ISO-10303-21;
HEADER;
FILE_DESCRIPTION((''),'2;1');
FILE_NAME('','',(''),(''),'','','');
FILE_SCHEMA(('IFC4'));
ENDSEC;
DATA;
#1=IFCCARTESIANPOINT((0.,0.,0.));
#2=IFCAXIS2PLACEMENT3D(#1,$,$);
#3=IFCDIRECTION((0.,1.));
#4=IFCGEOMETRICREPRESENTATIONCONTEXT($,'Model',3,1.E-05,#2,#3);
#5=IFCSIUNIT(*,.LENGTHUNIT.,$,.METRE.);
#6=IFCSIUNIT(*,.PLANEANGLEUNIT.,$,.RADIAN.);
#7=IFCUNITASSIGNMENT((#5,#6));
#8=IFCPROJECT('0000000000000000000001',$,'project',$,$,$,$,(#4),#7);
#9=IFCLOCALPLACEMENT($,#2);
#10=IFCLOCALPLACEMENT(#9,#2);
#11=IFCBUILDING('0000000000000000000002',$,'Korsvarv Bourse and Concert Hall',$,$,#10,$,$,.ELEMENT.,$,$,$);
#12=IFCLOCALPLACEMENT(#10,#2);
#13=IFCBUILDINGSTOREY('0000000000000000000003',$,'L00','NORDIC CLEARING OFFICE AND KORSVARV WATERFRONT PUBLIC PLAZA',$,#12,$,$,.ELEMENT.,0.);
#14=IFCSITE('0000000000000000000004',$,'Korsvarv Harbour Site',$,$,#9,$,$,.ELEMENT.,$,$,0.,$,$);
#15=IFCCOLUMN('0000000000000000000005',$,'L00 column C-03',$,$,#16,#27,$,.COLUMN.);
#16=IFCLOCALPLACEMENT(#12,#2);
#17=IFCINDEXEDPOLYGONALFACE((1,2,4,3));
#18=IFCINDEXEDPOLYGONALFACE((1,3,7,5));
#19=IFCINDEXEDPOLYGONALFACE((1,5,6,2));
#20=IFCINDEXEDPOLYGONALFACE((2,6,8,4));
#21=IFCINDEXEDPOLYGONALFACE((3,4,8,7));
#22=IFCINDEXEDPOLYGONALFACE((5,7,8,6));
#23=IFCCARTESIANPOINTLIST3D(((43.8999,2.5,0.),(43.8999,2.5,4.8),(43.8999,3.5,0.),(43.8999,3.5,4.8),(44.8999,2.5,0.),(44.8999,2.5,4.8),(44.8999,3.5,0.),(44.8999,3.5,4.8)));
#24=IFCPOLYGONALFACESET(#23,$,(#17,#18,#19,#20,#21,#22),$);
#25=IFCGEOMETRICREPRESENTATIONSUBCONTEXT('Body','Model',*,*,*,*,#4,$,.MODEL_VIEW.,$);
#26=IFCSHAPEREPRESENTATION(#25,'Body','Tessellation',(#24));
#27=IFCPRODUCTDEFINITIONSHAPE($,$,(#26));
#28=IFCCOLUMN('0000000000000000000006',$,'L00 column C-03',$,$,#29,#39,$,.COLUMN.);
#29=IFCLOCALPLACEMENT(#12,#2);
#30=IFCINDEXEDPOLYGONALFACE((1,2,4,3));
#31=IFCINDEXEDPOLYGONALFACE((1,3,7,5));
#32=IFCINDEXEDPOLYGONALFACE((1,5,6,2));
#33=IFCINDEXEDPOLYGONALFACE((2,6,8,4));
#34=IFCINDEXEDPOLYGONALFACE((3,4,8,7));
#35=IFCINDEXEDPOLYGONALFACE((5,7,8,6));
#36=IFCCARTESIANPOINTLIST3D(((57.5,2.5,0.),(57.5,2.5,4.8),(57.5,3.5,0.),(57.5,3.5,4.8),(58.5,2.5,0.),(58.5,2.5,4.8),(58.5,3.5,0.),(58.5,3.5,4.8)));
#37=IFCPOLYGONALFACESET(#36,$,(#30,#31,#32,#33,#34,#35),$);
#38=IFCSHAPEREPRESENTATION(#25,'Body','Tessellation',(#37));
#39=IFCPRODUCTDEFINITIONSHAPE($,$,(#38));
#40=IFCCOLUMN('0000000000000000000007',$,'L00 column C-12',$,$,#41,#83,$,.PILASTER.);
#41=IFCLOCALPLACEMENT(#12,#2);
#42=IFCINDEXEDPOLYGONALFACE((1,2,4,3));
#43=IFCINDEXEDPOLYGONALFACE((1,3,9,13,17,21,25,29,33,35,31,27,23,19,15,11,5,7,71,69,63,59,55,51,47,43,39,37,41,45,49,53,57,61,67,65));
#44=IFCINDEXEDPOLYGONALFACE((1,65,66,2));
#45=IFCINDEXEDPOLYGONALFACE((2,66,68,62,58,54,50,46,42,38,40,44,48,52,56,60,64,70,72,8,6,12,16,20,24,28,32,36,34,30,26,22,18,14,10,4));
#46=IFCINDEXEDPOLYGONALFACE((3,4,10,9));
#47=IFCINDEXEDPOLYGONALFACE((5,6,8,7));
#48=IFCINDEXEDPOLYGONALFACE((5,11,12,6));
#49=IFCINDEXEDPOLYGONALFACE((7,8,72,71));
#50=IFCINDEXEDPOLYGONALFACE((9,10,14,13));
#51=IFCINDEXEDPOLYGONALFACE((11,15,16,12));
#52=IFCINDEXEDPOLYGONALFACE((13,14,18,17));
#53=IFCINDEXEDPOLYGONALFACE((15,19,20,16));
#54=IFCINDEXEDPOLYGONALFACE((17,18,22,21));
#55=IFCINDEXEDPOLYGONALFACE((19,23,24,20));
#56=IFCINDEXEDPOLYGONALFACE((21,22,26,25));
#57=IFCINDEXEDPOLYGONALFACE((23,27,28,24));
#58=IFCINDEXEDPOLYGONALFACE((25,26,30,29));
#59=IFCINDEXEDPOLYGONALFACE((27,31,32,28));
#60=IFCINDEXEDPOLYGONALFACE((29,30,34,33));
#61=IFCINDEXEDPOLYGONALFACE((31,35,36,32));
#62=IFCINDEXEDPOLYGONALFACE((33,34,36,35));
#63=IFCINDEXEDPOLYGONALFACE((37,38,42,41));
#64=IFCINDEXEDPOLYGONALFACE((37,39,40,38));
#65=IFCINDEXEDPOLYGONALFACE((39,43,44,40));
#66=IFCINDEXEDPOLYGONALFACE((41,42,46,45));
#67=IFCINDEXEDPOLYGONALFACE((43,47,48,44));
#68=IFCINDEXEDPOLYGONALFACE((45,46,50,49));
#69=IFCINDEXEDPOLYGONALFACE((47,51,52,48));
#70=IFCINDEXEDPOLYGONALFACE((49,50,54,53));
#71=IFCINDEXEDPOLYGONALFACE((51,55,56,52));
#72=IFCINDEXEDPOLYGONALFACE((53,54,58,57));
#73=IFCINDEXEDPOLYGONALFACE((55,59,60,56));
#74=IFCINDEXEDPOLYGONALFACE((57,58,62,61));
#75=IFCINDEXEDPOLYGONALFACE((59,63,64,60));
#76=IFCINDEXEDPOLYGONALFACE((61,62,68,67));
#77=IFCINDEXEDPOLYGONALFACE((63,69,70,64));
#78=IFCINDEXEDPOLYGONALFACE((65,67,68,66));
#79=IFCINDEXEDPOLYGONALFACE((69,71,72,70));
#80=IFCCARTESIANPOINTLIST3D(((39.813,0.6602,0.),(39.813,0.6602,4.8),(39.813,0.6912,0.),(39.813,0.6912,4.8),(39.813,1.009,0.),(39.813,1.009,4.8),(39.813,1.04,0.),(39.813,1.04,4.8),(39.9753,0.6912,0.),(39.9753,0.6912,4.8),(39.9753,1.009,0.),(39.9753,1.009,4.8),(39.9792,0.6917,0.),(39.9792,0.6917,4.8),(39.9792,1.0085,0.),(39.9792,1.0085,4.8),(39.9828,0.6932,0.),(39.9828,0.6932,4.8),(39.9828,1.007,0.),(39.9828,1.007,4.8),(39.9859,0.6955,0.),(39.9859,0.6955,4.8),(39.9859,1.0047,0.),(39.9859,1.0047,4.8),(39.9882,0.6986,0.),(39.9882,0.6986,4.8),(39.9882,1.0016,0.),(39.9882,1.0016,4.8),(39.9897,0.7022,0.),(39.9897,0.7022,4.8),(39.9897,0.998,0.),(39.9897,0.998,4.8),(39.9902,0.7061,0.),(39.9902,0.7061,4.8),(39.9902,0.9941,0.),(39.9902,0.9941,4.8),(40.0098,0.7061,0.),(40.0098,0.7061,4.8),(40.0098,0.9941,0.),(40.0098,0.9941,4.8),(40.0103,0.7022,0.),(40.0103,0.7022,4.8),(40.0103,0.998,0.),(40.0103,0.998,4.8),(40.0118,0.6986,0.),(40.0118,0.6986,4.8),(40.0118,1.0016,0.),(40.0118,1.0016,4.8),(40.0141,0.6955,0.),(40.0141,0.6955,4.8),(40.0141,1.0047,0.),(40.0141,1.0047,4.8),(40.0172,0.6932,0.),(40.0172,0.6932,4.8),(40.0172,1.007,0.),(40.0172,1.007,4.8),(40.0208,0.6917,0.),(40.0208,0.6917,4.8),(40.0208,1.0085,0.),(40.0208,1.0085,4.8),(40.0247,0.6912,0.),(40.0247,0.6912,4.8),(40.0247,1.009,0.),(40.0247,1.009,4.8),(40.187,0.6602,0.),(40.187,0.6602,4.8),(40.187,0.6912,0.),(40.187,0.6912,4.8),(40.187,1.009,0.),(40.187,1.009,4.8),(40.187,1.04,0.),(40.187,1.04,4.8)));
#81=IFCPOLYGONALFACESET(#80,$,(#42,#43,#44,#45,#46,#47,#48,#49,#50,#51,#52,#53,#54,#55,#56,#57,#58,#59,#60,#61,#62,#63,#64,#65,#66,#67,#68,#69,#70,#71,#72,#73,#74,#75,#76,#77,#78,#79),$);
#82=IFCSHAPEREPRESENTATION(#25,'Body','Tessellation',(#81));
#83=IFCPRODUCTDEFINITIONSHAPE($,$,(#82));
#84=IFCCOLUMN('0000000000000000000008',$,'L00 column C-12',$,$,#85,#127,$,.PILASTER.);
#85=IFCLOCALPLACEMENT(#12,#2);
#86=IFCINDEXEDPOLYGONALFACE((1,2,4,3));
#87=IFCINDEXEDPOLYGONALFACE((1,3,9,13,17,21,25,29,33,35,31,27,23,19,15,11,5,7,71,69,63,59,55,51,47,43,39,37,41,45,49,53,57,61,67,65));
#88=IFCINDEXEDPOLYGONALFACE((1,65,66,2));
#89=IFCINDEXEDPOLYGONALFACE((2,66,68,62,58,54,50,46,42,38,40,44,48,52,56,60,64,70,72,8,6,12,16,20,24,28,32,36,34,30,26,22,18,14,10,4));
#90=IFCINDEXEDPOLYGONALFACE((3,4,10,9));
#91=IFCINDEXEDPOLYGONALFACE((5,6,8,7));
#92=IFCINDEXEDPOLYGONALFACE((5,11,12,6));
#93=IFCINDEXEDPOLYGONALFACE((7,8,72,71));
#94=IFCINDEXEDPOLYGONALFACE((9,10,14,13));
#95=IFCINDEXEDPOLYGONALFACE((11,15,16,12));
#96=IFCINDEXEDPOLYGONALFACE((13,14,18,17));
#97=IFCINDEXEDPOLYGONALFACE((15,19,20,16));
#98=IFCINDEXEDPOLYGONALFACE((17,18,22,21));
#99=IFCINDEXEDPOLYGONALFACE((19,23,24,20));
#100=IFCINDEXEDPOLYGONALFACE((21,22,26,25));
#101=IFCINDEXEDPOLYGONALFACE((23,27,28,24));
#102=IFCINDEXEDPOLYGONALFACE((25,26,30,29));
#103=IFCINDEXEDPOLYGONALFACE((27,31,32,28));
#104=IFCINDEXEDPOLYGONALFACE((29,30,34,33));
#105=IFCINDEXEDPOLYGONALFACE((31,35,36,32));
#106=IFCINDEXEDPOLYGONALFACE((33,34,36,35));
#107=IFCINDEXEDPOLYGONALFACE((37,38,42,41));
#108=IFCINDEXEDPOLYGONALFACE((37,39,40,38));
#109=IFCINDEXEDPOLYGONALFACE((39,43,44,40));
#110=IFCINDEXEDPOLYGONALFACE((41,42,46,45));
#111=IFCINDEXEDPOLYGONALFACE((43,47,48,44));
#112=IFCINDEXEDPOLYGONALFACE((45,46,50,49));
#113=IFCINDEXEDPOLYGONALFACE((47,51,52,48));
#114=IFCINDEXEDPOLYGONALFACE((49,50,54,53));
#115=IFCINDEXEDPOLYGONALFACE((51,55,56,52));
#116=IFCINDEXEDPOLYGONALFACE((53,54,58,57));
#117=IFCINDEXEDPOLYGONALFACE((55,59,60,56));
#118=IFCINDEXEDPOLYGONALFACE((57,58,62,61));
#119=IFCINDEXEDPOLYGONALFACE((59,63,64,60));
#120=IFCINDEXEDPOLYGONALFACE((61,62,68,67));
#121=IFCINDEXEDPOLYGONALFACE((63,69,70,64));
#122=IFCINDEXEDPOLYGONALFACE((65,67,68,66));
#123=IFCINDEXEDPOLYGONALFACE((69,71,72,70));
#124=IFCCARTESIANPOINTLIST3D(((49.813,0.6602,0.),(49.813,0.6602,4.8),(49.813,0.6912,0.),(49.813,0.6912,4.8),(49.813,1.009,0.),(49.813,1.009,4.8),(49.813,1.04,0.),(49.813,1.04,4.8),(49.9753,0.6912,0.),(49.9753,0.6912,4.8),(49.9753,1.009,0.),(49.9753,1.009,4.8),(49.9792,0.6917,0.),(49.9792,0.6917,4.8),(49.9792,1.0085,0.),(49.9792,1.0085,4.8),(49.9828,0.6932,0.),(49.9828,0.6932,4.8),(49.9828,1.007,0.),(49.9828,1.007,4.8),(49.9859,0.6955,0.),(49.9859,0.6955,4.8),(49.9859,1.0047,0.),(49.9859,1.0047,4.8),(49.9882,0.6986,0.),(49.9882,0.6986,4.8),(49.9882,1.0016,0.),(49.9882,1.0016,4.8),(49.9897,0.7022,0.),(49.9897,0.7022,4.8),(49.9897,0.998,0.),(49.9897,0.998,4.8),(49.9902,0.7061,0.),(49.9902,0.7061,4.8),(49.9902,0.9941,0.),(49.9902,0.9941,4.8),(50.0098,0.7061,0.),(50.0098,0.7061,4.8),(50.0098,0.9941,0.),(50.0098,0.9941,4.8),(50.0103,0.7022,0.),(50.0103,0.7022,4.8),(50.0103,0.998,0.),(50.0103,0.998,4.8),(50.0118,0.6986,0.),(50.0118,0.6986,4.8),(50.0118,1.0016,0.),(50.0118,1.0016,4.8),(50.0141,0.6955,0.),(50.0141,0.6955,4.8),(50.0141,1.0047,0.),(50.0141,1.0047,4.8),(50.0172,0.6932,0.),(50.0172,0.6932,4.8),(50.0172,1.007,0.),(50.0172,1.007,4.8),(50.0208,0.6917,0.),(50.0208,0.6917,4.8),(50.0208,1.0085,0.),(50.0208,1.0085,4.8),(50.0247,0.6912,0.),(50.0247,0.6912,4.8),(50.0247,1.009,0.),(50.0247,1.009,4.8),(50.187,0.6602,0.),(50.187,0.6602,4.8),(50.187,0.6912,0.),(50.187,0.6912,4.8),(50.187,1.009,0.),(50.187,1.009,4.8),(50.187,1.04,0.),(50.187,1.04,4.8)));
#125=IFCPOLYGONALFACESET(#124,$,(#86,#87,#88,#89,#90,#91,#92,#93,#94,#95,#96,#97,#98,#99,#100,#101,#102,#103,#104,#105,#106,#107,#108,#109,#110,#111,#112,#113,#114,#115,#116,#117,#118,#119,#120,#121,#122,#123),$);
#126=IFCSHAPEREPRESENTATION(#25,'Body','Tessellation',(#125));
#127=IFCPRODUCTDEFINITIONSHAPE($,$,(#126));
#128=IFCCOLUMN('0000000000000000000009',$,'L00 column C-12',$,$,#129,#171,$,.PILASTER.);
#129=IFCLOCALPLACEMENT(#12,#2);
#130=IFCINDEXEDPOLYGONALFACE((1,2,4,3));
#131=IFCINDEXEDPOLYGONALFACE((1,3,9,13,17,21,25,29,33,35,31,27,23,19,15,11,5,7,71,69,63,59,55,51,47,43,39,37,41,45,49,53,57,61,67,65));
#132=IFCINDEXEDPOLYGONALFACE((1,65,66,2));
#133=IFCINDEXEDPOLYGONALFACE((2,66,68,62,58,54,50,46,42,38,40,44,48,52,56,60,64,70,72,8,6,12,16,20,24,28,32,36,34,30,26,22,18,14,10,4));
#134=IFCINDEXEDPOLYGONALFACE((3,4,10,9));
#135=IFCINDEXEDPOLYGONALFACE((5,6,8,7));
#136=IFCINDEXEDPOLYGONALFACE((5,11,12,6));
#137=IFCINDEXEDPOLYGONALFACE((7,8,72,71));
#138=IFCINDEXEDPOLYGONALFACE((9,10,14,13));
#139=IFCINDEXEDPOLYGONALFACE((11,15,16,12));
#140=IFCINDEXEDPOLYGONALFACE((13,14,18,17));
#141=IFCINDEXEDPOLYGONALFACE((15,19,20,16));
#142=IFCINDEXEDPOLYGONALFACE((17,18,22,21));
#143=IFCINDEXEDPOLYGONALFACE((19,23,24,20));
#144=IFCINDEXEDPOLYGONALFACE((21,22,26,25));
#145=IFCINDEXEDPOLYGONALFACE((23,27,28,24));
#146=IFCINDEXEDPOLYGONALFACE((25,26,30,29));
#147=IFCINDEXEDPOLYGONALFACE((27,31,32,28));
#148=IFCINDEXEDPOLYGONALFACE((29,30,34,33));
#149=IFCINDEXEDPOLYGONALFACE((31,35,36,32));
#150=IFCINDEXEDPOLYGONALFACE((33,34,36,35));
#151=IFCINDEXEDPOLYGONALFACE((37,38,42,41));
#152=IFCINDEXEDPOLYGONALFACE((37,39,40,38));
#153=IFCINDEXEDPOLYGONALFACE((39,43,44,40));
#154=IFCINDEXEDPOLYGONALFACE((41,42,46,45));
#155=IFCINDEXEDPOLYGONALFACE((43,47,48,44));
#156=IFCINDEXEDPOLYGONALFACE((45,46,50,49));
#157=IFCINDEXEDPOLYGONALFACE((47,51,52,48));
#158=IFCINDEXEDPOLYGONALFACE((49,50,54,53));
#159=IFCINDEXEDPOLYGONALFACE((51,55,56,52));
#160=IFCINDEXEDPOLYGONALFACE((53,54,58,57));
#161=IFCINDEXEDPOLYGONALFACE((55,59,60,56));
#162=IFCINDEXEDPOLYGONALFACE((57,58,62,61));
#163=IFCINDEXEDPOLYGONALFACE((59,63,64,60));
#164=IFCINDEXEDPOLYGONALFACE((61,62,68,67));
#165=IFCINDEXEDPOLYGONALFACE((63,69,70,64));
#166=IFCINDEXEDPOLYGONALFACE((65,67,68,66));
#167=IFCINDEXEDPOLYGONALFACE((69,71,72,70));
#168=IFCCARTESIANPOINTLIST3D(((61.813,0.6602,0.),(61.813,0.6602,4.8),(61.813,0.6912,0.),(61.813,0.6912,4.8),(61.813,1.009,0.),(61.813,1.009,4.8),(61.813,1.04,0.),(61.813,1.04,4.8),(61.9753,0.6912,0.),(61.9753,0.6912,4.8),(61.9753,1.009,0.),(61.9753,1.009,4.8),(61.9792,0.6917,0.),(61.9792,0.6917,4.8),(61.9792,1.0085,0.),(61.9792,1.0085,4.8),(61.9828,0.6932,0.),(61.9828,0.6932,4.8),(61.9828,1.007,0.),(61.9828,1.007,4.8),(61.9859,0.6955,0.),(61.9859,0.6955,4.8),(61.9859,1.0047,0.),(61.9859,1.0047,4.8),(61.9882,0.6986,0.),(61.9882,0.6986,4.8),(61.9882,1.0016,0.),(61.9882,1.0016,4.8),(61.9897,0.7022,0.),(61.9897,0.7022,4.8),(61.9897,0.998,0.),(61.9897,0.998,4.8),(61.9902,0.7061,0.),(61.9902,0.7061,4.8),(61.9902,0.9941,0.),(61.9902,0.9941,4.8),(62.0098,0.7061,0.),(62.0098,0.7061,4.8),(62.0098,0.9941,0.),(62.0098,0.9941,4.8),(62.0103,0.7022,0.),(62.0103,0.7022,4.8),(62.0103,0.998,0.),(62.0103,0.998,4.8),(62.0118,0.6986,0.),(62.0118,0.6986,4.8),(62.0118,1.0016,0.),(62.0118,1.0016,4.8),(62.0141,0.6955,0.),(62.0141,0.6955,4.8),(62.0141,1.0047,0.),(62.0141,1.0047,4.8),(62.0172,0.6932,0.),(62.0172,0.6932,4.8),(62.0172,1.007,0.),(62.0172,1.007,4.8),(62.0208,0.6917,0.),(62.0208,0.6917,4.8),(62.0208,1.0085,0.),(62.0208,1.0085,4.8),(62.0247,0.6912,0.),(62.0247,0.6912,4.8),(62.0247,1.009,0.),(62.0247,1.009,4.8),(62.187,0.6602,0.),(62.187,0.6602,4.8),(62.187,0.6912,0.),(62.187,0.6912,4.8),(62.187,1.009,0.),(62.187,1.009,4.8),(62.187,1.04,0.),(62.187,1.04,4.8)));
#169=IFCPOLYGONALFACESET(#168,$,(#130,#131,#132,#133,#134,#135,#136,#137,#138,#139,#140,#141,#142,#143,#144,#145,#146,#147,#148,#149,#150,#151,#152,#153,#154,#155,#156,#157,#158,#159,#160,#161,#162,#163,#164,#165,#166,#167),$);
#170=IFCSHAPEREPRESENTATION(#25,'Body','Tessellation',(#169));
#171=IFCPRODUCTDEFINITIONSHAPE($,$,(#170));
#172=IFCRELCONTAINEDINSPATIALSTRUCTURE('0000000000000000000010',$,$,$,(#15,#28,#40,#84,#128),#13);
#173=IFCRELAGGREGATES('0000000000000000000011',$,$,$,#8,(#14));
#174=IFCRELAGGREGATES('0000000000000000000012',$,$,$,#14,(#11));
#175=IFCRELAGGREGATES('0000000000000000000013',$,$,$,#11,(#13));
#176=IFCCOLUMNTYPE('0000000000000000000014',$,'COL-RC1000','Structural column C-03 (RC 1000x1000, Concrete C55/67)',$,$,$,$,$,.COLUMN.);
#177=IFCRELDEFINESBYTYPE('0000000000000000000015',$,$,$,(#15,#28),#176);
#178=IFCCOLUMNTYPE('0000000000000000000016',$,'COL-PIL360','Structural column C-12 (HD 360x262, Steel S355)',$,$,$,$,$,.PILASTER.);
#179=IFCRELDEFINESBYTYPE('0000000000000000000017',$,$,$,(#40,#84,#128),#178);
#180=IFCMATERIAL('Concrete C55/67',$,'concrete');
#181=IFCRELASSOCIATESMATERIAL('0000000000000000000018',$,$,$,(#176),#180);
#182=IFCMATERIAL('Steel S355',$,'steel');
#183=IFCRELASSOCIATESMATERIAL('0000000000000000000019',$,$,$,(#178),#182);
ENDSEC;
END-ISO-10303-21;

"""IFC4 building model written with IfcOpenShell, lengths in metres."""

from ifc_helpers import new_model, si_unit, direction, frame, origin, origin_2d, place, context, subcontext, project, spatial, rectangle, i_section, extrude, source, transform, mapped, material, material_profile, profile_set, type_object, element, save


model = new_model("IFC4")

# Units and contexts
model_context = context("Model", 3, precision=1e-05, world=origin(), true_north=direction((0.0, 1.0)))
body_context = subcontext(model_context, "Body", "Model", "MODEL_VIEW")
ifc_project = project(units=[si_unit("LENGTHUNIT", "METRE"), si_unit("PLANEANGLEUNIT", "RADIAN")], contexts=[model_context])

# Site, building, storey
site_placement = place(None, origin())
site = spatial("IfcSite", under=ifc_project, at=site_placement, Name="Korsvarv Harbour Site", CompositionType="ELEMENT", RefElevation=0.0)
building_placement = place(site_placement, origin())
building = spatial("IfcBuilding", under=site, at=building_placement, Name="Korsvarv Bourse and Concert Hall", CompositionType="ELEMENT")
storey_placement = place(building_placement, origin())
storey = spatial("IfcBuildingStorey", under=building, at=storey_placement, Name="L00", Description="NORDIC CLEARING OFFICE AND KORSVARV WATERFRONT PUBLIC PLAZA", CompositionType="ELEMENT", Elevation=0.0)

# Columns
ifc_material_1 = material(Name="Concrete C55/67", Category="concrete")
ifc_material_profile_1 = material_profile(ifc_material_1, rectangle(XDim=1.0, YDim=1.0, at=origin_2d()), Name="RC 1000x1000")
ifc_profile_set_1 = profile_set([ifc_material_profile_1], Name="Concrete C55/67")
column_type_1 = type_object("IfcColumnType", Name="COL-RC1000", Description="Structural column C-03 (RC 1000x1000, Concrete C55/67)", PredefinedType="COLUMN", material=ifc_profile_set_1)
shared_shape_1 = source(origin(), body_context, "Body", "SweptSolid", [
    extrude(rectangle(XDim=1.0, YDim=1.0, at=origin_2d()), origin(), (0.0, 0.0, 1.0), 4.8),
])
for number, where, z_axis, x_axis, name in (
    (1, (44.3999, 3.0, 0.0), (0.0, 0.0, 1.0), (1.0, 0.0, 0.0), "L00 column C-03"),
    (2, (58.0, 3.0, 0.0), (0.0, 0.0, 1.0), (1.0, 0.0, 0.0), "L00 column C-03"),
):
    element("IfcColumn", number, at=place(storey_placement, frame(where, z_axis=z_axis, x_axis=x_axis)), inside=storey, type_object=column_type_1, Name=name, PredefinedType="COLUMN", context=body_context, shape_type="MappedRepresentation", body=[
        mapped(shared_shape_1, transform((0.0, 0.0, 0.0), scale=1.0)),
    ])
ifc_material_2 = material(Name="Steel S355", Category="steel")
ifc_material_profile_2 = material_profile(ifc_material_2, i_section(OverallWidth=0.374, OverallDepth=0.3799, WebThickness=0.0195, FlangeThickness=0.031, FilletRadius=0.0149, at=origin_2d()), Name="HD 360x262")
ifc_profile_set_2 = profile_set([ifc_material_profile_2], Name="Steel S355")
column_type_2 = type_object("IfcColumnType", Name="COL-PIL360", Description="Structural column C-12 (HD 360x262, Steel S355)", PredefinedType="PILASTER", material=ifc_profile_set_2)
shared_shape_2 = source(origin(), body_context, "Body", "SweptSolid", [
    extrude(i_section(OverallWidth=0.374, OverallDepth=0.3799, WebThickness=0.0195, FlangeThickness=0.031, FilletRadius=0.0149, at=origin_2d()), origin(), (0.0, 0.0, 1.0), 4.8),
])
for number, where, z_axis, x_axis, name in (
    (3, (40.0, 0.8501, 0.0), (0.0, 0.0, 1.0), (1.0, 0.0, 0.0), "L00 column C-12"),
    (4, (50.0, 0.8501, 0.0), (0.0, 0.0, 1.0), (1.0, 0.0, 0.0), "L00 column C-12"),
    (5, (62.0, 0.8501, 0.0), (0.0, 0.0, 1.0), (1.0, 0.0, 0.0), "L00 column C-12"),
):
    element("IfcColumn", number, at=place(storey_placement, frame(where, z_axis=z_axis, x_axis=x_axis)), inside=storey, type_object=column_type_2, Name=name, PredefinedType="PILASTER", context=body_context, shape_type="MappedRepresentation", body=[
        mapped(shared_shape_2, transform((0.0, 0.0, 0.0), scale=1.0)),
    ])

save(model, "model.ifc")
